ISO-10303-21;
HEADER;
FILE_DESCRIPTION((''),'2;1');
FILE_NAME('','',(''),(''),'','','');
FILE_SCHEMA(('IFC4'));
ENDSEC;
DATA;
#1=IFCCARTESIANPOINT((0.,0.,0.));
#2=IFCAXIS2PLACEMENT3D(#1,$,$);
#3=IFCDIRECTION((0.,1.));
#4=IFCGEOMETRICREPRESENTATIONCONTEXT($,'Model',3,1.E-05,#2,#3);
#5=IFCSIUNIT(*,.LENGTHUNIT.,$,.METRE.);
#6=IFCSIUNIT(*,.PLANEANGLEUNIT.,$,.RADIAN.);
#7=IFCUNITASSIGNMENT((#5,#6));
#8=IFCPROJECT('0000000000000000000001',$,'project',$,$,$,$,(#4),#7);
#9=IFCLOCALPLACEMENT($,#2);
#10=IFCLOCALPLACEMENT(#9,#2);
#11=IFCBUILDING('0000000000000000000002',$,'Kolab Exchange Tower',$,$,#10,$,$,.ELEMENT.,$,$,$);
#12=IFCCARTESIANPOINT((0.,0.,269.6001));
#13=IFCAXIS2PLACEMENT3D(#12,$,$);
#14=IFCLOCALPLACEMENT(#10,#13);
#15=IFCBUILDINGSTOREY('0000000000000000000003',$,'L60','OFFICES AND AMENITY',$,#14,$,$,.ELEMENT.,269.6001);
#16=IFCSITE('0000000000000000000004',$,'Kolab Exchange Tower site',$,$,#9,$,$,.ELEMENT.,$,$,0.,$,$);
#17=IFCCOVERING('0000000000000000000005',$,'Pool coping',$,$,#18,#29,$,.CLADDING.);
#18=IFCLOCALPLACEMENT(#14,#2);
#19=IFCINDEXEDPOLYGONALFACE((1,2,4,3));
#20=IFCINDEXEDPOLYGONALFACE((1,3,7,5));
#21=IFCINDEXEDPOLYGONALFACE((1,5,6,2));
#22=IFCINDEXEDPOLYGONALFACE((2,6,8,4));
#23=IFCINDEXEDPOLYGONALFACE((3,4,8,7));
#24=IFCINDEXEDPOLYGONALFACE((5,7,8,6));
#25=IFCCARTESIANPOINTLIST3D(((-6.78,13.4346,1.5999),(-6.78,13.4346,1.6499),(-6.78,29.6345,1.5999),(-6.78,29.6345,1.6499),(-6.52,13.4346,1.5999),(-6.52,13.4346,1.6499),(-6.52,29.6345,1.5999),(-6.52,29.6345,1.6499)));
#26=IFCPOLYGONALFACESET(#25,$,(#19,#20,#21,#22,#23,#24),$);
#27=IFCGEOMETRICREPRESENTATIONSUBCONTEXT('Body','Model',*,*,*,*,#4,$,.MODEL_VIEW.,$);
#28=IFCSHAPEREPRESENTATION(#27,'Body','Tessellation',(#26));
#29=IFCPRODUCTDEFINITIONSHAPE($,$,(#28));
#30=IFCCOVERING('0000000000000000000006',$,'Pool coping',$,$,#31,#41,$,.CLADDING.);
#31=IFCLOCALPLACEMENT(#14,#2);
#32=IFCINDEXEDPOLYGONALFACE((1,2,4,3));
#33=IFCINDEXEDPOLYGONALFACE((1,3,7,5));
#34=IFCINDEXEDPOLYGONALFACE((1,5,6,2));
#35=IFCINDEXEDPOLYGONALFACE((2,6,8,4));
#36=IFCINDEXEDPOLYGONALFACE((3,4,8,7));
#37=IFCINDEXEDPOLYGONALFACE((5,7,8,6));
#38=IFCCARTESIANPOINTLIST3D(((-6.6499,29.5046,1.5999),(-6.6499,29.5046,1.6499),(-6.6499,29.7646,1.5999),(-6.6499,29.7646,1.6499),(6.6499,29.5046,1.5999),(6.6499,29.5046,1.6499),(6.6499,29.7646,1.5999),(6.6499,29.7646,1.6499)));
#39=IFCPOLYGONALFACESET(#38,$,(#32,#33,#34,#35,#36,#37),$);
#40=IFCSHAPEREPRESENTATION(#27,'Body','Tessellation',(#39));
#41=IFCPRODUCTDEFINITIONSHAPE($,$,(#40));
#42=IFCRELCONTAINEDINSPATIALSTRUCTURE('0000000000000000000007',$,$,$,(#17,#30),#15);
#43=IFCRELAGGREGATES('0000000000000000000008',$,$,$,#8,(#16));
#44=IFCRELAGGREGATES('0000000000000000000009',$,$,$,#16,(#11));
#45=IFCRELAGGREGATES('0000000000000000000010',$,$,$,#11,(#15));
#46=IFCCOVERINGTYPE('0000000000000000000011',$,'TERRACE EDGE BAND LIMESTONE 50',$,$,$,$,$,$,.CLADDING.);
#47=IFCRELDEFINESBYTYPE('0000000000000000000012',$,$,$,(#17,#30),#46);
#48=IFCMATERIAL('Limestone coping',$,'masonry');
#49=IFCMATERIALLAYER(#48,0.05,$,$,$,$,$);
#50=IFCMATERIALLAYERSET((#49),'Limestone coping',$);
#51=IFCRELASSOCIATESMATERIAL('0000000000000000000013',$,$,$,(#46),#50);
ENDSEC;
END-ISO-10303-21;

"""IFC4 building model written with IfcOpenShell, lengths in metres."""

from ifc_helpers import new_model, si_unit, direction, frame, origin, place, context, subcontext, project, spatial, polyline, outline, extrude, material, layer, layer_set, type_object, element, save


model = new_model("IFC4")

# Units and contexts
model_context = context("Model", 3, precision=1e-05, world=origin(), true_north=direction((0.0, 1.0)))
body_context = subcontext(model_context, "Body", "Model", "MODEL_VIEW")
ifc_project = project(units=[si_unit("LENGTHUNIT", "METRE"), si_unit("PLANEANGLEUNIT", "RADIAN")], contexts=[model_context])

# Site, building, storey
site_placement = place(None, origin())
site = spatial("IfcSite", under=ifc_project, at=site_placement, Name="Kolab Exchange Tower site", CompositionType="ELEMENT", RefElevation=0.0)
building_placement = place(site_placement, origin())
building = spatial("IfcBuilding", under=site, at=building_placement, Name="Kolab Exchange Tower", CompositionType="ELEMENT")
storey_placement = place(building_placement, frame((0.0, 0.0, 269.6001)))
storey = spatial("IfcBuildingStorey", under=building, at=storey_placement, Name="L60", Description="OFFICES AND AMENITY", CompositionType="ELEMENT", Elevation=269.6001)

# Coverings
ifc_material_1 = material(Name="Limestone coping", Category="masonry")
ifc_layer_1 = layer(ifc_material_1, 0.05)
ifc_layer_set_1 = layer_set([ifc_layer_1], Name="Limestone coping")
covering_type_1 = type_object("IfcCoveringType", Name="TERRACE EDGE BAND LIMESTONE 50", PredefinedType="CLADDING", material=ifc_layer_set_1)
covering_1_placement = place(storey_placement, frame((0.0, 0.0, 1.5999)))
element("IfcCovering", 1, at=covering_1_placement, inside=storey, type_object=covering_type_1, Name="Pool coping", PredefinedType="CLADDING", context=body_context, shape_type="SweptSolid", body=[
    extrude(outline(polyline([(-6.78, 29.6345), (-6.52, 29.6345), (-6.52, 13.4346), (-6.78, 13.4346), (-6.78, 29.6345)])), origin(), (0.0, 0.0, 1.0), 0.05),
])
covering_2_placement = place(storey_placement, frame((0.0, 0.0, 1.5999)))
element("IfcCovering", 2, at=covering_2_placement, inside=storey, type_object=covering_type_1, Name="Pool coping", PredefinedType="CLADDING", context=body_context, shape_type="SweptSolid", body=[
    extrude(outline(polyline([(6.6499, 29.7646), (6.6499, 29.5046), (-6.6499, 29.5046), (-6.6499, 29.7646), (6.6499, 29.7646)])), origin(), (0.0, 0.0, 1.0), 0.05),
])

save(model, "model.ifc")
